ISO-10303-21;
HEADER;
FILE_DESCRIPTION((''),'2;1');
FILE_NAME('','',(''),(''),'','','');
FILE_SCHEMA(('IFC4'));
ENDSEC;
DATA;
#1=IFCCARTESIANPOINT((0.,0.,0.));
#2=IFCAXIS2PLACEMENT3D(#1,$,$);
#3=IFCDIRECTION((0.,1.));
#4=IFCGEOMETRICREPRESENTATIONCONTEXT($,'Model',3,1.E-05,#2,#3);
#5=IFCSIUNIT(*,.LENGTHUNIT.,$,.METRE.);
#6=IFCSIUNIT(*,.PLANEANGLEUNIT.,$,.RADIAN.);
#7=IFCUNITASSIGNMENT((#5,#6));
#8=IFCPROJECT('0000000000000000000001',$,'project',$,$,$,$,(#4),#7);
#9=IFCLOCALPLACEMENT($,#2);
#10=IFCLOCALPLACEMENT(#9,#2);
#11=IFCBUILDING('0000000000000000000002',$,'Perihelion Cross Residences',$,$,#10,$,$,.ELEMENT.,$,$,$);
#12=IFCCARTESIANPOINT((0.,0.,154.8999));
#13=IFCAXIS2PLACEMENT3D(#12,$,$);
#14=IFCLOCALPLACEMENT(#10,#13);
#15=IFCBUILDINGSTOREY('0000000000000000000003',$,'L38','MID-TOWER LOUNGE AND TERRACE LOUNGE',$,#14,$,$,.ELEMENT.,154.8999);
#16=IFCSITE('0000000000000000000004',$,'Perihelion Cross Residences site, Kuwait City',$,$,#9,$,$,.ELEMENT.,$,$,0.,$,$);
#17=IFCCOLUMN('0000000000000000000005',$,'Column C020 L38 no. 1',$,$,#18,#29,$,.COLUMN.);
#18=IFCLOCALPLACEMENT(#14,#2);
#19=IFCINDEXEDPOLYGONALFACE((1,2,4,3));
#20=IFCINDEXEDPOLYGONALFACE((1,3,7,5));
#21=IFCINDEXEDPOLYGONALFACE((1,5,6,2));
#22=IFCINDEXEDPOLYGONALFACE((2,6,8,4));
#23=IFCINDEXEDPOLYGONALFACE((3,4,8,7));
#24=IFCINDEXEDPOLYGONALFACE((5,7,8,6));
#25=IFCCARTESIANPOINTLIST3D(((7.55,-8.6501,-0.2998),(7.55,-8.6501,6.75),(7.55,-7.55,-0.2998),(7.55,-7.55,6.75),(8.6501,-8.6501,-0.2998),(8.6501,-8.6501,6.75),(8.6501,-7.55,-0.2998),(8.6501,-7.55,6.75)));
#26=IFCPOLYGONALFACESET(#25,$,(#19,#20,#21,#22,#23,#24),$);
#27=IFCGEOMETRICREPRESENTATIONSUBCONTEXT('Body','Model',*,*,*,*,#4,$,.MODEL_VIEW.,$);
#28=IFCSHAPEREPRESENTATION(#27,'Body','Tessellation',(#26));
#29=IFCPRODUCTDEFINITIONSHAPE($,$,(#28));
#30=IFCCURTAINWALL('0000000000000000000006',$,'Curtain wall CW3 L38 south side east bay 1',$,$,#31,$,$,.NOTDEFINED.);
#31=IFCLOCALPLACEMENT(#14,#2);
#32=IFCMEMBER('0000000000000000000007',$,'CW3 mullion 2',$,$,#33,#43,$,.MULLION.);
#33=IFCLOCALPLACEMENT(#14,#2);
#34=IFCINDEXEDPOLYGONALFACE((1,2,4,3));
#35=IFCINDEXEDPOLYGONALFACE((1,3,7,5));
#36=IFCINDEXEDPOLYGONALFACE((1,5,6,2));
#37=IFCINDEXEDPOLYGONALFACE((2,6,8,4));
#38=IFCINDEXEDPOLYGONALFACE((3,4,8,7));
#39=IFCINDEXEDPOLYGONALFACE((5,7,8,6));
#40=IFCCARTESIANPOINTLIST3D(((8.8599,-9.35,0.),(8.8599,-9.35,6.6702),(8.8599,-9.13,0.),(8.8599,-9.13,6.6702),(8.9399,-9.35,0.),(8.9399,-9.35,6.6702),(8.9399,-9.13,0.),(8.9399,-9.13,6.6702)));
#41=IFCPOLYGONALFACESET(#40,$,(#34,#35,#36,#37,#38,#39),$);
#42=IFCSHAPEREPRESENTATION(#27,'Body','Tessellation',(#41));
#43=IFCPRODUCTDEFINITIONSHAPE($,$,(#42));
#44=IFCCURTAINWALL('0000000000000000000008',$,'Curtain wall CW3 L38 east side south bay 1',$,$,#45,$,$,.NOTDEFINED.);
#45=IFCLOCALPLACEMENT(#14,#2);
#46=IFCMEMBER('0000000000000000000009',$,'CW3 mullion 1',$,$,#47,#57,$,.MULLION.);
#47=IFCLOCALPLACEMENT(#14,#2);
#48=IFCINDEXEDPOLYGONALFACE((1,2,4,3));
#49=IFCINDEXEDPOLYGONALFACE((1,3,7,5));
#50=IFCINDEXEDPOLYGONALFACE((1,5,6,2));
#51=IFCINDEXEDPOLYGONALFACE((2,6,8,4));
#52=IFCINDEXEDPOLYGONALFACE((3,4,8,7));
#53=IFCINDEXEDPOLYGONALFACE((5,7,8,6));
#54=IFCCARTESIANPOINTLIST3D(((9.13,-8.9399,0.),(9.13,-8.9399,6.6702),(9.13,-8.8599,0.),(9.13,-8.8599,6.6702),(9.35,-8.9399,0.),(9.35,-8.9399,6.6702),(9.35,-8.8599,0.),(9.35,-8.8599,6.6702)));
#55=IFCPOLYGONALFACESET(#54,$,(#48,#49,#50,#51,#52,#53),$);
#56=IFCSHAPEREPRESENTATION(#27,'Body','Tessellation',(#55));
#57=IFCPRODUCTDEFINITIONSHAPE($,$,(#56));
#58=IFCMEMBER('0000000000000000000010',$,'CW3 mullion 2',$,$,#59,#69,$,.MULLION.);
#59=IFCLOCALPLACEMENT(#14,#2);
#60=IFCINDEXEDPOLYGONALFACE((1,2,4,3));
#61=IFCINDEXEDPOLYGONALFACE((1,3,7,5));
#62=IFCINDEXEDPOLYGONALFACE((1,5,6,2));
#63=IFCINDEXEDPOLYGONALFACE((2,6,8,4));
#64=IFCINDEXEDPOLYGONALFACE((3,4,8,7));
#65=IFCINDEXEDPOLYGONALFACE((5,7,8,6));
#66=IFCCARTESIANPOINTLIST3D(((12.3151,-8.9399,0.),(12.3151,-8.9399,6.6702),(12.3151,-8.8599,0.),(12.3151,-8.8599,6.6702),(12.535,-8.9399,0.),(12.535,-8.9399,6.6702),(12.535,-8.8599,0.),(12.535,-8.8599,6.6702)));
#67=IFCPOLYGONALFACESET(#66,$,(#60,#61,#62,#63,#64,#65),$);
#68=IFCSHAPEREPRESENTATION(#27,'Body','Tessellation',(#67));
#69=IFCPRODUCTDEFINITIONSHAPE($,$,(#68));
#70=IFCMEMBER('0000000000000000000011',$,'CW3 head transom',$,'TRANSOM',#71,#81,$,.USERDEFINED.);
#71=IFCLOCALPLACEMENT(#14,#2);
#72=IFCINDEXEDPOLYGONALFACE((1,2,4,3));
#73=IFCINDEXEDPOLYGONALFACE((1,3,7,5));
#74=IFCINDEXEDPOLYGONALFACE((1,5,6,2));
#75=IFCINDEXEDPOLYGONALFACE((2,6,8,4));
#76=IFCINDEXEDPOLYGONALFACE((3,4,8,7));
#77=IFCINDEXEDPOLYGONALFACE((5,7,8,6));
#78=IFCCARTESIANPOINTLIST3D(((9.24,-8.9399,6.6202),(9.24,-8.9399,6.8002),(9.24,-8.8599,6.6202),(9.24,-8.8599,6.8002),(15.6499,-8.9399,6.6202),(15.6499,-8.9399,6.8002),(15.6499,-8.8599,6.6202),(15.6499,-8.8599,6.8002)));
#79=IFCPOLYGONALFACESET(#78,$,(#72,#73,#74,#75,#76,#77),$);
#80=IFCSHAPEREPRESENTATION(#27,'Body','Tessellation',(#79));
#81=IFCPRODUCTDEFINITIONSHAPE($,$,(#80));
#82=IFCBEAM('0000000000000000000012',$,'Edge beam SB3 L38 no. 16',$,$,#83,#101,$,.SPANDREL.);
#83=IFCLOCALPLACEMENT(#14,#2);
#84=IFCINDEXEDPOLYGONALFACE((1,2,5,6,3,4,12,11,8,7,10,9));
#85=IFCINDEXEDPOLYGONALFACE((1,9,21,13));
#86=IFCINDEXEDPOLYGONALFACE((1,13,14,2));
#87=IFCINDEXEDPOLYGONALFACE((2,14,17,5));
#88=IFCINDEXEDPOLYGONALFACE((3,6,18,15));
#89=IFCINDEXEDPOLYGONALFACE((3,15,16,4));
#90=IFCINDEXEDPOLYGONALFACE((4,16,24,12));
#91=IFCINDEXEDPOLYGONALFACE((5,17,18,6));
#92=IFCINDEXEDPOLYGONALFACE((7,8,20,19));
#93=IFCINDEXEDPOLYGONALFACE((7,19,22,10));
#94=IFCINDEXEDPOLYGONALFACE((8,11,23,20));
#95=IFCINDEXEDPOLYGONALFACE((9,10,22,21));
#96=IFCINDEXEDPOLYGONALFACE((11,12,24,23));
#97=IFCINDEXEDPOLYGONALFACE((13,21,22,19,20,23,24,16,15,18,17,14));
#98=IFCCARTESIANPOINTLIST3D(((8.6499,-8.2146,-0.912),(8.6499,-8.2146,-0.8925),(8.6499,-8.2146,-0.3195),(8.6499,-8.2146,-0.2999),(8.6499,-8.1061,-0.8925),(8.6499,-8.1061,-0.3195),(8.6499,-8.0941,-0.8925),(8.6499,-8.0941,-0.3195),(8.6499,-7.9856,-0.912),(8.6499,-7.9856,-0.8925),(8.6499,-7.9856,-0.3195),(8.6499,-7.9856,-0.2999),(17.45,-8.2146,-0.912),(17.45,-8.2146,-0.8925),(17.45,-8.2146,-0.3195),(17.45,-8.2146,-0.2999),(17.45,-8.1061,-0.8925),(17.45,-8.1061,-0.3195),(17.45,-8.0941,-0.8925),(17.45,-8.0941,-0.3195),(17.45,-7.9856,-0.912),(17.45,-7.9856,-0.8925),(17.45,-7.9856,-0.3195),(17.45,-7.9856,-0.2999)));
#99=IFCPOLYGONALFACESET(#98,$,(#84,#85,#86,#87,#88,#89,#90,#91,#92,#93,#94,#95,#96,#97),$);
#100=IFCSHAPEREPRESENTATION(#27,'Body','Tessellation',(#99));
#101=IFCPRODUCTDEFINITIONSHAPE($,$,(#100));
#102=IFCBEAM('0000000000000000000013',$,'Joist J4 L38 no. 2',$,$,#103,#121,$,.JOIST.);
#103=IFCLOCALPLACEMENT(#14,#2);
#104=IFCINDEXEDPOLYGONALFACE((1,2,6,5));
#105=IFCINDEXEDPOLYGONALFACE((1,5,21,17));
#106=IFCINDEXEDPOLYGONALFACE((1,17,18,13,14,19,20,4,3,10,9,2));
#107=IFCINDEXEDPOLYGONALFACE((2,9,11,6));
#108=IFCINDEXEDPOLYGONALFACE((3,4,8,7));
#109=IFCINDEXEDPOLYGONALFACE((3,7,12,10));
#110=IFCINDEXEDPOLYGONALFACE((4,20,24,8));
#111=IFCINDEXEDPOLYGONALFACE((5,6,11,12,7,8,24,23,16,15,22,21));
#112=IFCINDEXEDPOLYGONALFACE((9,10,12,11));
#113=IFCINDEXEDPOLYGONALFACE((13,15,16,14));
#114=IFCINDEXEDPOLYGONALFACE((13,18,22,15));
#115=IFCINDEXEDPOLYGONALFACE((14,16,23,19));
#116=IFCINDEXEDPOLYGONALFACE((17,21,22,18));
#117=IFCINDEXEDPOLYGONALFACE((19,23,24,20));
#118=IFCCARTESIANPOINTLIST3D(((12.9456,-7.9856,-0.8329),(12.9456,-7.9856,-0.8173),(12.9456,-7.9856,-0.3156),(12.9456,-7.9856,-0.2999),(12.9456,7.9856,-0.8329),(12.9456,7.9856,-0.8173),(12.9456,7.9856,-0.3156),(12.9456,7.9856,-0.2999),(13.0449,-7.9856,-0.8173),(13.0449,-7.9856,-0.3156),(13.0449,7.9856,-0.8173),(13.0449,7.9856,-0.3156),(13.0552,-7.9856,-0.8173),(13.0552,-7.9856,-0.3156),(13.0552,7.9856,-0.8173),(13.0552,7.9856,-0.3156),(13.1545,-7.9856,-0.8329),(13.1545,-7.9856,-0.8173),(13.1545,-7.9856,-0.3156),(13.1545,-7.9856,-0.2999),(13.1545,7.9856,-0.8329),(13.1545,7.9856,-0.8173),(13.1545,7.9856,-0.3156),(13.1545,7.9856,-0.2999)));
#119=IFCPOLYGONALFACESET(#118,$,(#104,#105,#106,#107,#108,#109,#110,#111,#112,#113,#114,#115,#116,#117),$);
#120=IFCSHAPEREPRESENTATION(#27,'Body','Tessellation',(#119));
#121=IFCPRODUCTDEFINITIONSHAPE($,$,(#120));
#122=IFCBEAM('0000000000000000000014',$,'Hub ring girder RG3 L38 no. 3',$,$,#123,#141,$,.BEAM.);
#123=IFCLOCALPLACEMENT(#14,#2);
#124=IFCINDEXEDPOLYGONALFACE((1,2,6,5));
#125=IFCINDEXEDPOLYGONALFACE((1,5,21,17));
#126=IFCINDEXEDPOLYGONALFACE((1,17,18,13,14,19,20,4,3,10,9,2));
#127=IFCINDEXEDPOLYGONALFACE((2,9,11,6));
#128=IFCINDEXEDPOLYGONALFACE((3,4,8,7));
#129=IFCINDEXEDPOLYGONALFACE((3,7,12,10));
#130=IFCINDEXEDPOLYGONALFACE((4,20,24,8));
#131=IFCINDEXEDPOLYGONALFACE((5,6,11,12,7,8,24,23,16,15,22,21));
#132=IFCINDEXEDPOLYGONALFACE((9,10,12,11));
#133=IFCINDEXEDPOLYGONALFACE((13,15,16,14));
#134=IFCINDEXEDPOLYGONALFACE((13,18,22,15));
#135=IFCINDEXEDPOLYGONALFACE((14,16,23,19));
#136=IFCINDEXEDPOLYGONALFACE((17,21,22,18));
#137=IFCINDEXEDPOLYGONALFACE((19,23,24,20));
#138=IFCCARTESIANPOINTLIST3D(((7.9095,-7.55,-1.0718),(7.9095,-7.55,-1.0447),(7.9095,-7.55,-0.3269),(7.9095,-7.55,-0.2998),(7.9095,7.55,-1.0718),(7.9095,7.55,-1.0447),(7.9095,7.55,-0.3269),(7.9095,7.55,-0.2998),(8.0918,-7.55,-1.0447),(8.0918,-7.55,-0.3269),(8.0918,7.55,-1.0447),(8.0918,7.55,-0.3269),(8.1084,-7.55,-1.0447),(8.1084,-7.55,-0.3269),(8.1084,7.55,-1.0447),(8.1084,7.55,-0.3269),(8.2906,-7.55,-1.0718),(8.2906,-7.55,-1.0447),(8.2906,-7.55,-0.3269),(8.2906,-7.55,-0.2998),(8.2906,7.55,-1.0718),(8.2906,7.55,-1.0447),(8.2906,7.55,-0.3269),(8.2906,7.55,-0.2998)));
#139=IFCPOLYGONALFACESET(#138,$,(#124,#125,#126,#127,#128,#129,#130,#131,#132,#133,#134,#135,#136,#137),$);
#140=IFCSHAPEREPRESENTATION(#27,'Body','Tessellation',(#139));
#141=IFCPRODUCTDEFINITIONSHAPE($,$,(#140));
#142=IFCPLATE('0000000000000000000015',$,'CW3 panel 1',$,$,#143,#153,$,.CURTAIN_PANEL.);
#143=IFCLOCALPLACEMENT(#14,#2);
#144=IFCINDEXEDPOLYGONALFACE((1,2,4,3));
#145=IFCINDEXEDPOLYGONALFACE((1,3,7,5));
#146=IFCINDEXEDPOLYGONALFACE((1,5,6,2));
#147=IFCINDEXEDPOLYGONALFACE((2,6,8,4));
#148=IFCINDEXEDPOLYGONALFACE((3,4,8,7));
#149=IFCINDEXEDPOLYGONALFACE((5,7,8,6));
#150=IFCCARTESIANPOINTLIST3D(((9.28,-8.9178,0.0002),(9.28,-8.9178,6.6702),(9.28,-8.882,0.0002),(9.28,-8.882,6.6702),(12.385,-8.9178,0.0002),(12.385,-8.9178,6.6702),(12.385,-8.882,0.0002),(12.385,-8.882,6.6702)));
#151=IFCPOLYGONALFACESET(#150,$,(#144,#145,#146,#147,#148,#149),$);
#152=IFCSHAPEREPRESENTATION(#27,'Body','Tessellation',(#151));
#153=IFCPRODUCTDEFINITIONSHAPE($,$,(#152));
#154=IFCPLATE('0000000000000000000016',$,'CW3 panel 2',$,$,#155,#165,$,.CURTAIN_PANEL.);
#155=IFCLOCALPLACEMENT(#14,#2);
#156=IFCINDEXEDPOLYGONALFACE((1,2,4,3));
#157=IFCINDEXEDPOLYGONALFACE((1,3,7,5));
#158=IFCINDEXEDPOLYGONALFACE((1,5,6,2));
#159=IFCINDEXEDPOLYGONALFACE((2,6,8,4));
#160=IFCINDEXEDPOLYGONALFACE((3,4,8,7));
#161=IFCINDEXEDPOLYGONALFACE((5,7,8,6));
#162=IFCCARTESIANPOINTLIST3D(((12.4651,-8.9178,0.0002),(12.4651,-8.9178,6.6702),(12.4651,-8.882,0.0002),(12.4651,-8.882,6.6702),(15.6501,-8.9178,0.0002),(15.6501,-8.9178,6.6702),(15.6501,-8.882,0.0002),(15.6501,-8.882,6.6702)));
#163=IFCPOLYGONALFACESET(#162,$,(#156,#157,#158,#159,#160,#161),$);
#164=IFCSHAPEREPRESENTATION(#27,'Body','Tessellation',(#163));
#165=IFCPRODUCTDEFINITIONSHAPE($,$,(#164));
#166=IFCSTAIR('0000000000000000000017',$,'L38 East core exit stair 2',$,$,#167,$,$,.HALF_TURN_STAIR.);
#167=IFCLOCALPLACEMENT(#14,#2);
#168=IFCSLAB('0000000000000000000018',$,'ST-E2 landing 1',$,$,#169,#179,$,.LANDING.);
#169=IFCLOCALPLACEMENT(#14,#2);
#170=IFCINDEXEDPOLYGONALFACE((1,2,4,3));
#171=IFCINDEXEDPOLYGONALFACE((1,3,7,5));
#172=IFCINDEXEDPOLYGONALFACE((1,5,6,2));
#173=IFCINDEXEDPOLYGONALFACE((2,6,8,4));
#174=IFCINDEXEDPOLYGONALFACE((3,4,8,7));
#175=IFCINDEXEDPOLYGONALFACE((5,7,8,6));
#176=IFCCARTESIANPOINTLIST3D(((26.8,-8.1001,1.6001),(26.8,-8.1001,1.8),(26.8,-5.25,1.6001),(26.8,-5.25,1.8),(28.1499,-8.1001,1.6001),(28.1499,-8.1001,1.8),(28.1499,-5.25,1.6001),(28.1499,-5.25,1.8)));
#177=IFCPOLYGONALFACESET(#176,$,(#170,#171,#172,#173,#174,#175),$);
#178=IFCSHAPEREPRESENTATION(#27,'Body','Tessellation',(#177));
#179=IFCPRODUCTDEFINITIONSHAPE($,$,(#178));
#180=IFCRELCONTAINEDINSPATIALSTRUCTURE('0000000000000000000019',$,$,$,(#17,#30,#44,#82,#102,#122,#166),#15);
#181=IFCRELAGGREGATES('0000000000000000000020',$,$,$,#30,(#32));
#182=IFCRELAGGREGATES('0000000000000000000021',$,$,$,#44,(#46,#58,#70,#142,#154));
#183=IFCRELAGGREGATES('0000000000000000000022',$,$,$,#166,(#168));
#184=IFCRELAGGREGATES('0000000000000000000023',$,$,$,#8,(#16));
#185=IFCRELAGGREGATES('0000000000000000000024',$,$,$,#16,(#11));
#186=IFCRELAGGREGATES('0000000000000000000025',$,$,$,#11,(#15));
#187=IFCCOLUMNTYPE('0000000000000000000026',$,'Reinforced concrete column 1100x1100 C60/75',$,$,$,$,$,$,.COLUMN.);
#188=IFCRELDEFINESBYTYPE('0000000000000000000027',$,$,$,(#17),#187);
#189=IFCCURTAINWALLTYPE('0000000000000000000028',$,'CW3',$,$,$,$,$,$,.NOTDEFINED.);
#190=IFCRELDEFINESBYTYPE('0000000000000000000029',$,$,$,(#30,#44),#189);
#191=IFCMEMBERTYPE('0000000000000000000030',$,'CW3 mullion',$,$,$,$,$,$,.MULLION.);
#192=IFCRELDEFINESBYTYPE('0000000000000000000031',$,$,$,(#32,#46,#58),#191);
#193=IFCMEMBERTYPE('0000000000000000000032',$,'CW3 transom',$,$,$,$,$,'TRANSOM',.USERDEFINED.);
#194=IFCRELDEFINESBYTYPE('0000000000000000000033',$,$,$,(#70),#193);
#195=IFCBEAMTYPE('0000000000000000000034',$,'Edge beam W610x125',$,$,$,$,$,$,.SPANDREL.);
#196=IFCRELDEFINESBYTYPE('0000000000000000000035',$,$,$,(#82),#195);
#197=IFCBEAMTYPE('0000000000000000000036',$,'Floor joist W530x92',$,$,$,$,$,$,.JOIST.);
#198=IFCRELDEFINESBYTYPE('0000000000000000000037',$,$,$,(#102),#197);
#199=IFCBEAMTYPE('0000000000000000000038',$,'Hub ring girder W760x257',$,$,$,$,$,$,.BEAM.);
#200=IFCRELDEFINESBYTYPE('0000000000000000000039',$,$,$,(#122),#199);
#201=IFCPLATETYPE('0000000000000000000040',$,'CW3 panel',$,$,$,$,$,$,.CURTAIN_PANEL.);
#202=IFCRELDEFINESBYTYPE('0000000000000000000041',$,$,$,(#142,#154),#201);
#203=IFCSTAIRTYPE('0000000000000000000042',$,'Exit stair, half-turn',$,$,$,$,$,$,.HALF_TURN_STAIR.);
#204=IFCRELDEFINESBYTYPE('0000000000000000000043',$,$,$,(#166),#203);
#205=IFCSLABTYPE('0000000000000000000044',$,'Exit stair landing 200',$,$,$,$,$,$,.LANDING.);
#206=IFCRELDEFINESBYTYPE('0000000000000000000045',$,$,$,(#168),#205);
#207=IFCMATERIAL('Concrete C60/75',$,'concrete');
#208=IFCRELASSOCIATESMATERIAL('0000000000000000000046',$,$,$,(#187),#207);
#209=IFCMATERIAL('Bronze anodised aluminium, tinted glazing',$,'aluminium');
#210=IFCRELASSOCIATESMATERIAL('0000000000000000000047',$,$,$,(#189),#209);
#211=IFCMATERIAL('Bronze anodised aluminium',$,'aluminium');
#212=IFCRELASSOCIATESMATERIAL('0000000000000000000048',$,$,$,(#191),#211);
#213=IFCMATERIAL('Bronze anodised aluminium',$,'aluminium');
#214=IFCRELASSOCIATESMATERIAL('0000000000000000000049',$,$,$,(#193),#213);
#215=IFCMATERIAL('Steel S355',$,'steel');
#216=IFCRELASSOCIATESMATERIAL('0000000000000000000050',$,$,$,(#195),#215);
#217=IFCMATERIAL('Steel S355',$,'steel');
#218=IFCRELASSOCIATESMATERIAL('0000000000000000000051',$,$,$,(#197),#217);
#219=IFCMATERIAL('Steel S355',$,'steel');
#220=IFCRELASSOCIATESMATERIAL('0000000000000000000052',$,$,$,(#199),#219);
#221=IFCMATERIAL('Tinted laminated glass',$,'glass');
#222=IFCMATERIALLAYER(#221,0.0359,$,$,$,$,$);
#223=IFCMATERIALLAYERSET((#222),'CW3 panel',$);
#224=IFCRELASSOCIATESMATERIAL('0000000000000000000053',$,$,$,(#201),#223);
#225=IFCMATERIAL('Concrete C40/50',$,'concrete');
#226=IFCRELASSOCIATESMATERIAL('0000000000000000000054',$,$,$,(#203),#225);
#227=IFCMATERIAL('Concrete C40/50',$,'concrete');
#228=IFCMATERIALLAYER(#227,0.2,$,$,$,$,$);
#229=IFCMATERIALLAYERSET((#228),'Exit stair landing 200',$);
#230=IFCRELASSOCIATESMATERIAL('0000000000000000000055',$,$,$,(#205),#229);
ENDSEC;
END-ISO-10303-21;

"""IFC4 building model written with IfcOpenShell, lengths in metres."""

from ifc_helpers import new_model, si_unit, direction, frame, origin, origin_2d, place, context, subcontext, project, spatial, polyline, rectangle, i_section, outline, extrude, material, layer, layer_set, material_profile, profile_set, type_object, element, aggregate, save


model = new_model("IFC4")

# Units and contexts
model_context = context("Model", 3, precision=1e-05, world=origin(), true_north=direction((0.0, 1.0)))
body_context = subcontext(model_context, "Body", "Model", "MODEL_VIEW")
ifc_project = project(units=[si_unit("LENGTHUNIT", "METRE"), si_unit("PLANEANGLEUNIT", "RADIAN")], contexts=[model_context])

# Site, building, storey
site_placement = place(None, origin())
site = spatial("IfcSite", under=ifc_project, at=site_placement, Name="Perihelion Cross Residences site, Kuwait City", CompositionType="ELEMENT", RefElevation=0.0)
building_placement = place(site_placement, origin())
building = spatial("IfcBuilding", under=site, at=building_placement, Name="Perihelion Cross Residences", CompositionType="ELEMENT")
storey_placement = place(building_placement, frame((0.0, 0.0, 154.8999)))
storey = spatial("IfcBuildingStorey", under=building, at=storey_placement, Name="L38", Description="MID-TOWER LOUNGE AND TERRACE LOUNGE", CompositionType="ELEMENT", Elevation=154.8999)

# Column
ifc_material_1 = material(Name="Concrete C60/75", Category="concrete")
ifc_material_profile_1 = material_profile(ifc_material_1, rectangle(XDim=1.1001, YDim=1.1001, at=origin_2d()), Name="RC 1100x1100")
ifc_profile_set_1 = profile_set([ifc_material_profile_1], Name="Concrete C60/75")
column_type = type_object("IfcColumnType", Name="Reinforced concrete column 1100x1100 C60/75", PredefinedType="COLUMN", material=ifc_profile_set_1)
column_placement = place(storey_placement, frame((8.1001, -8.1001, -0.2998), z_axis=(0.0, 0.0, 1.0), x_axis=(1.0, 0.0, 0.0)))
element("IfcColumn", 1, at=column_placement, inside=storey, type_object=column_type, Name="Column C020 L38 no. 1", PredefinedType="COLUMN", context=body_context, shape_type="SweptSolid", body=[
    extrude(rectangle(XDim=1.1001, YDim=1.1001, at=origin_2d()), origin(), (0.0, 0.0, 1.0), 7.0498),
])

# Curtain wall, member
ifc_material_2 = material(Name="Bronze anodised aluminium, tinted glazing", Category="aluminium")
curtain_wall_type = type_object("IfcCurtainWallType", Name="CW3", PredefinedType="NOTDEFINED", material=ifc_material_2)
curtain_wall_1_placement = place(storey_placement, origin())
curtain_wall_1 = element("IfcCurtainWall", 2, at=curtain_wall_1_placement, inside=storey, type_object=curtain_wall_type, Name="Curtain wall CW3 L38 south side east bay 1", PredefinedType="NOTDEFINED")
ifc_material_3 = material(Name="Bronze anodised aluminium", Category="aluminium")
ifc_material_profile_2 = material_profile(ifc_material_3, rectangle(XDim=0.0801, YDim=0.22, at=origin_2d()), Name="CW3 mullion")
ifc_profile_set_2 = profile_set([ifc_material_profile_2], Name="Bronze anodised aluminium")
member_type_1 = type_object("IfcMemberType", Name="CW3 mullion", PredefinedType="MULLION", material=ifc_profile_set_2)
member_1_placement = place(storey_placement, frame((8.8999, -9.24, 0.0), z_axis=(0.0, 0.0, 1.0), x_axis=(-1.0, 0.0, 0.0)))
member_1 = element("IfcMember", 3, at=member_1_placement, type_object=member_type_1, Name="CW3 mullion 2", PredefinedType="MULLION", context=body_context, shape_type="SweptSolid", body=[
    extrude(rectangle(XDim=0.0801, YDim=0.22, at=origin_2d()), origin(), (0.0, 0.0, 1.0), 6.6702),
])
aggregate(curtain_wall_1, [member_1])

# Curtain wall, members
curtain_wall_2_placement = place(storey_placement, origin())
curtain_wall_2 = element("IfcCurtainWall", 4, at=curtain_wall_2_placement, inside=storey, type_object=curtain_wall_type, Name="Curtain wall CW3 L38 east side south bay 1", PredefinedType="NOTDEFINED")
member_2_placement = place(storey_placement, frame((9.24, -8.8999, 0.0), z_axis=(0.0, 0.0, 1.0), x_axis=(0.0, 1.0, 0.0)))
member_2 = element("IfcMember", 5, at=member_2_placement, type_object=member_type_1, Name="CW3 mullion 1", PredefinedType="MULLION", context=body_context, shape_type="SweptSolid", body=[
    extrude(rectangle(XDim=0.0801, YDim=0.22, at=origin_2d()), origin(), (0.0, 0.0, 1.0), 6.6702),
])
member_3_placement = place(storey_placement, frame((12.425, -8.8999, 0.0), z_axis=(0.0, 0.0, 1.0), x_axis=(0.0, 1.0, 0.0)))
member_3 = element("IfcMember", 6, at=member_3_placement, type_object=member_type_1, Name="CW3 mullion 2", PredefinedType="MULLION", context=body_context, shape_type="SweptSolid", body=[
    extrude(rectangle(XDim=0.0801, YDim=0.22, at=origin_2d()), origin(), (0.0, 0.0, 1.0), 6.6702),
])
ifc_material_4 = material(Name="Bronze anodised aluminium", Category="aluminium")
ifc_material_profile_3 = material_profile(ifc_material_4, rectangle(XDim=0.0801, YDim=0.1799, at=origin_2d()), Name="CW3 transom")
ifc_profile_set_3 = profile_set([ifc_material_profile_3], Name="Bronze anodised aluminium")
member_type_2 = type_object("IfcMemberType", Name="CW3 transom", ElementType="TRANSOM", PredefinedType="USERDEFINED", material=ifc_profile_set_3)
member_4_placement = place(storey_placement, frame((9.24, -8.8999, 6.7102), z_axis=(1.0, 0.0, 0.0), x_axis=(0.0, 1.0, 0.0)))
member_4 = element("IfcMember", 7, at=member_4_placement, type_object=member_type_2, Name="CW3 head transom", ObjectType="TRANSOM", PredefinedType="USERDEFINED", context=body_context, shape_type="SweptSolid", body=[
    extrude(rectangle(XDim=0.0801, YDim=0.1799, at=origin_2d()), origin(), (0.0, 0.0, 1.0), 6.4099),
])

# Beams
ifc_material_5 = material(Name="Steel S355", Category="steel")
ifc_material_profile_4 = material_profile(ifc_material_5, i_section(OverallWidth=0.229, OverallDepth=0.6121, WebThickness=0.012, FlangeThickness=0.0195, at=origin_2d()), Name="W610x125")
ifc_profile_set_4 = profile_set([ifc_material_profile_4], Name="Steel S355")
beam_type_1 = type_object("IfcBeamType", Name="Edge beam W610x125", PredefinedType="SPANDREL", material=ifc_profile_set_4)
beam_1_placement = place(storey_placement, frame((8.6499, -8.1001, -0.606), z_axis=(1.0, 0.0, 0.0), x_axis=(0.0, 1.0, 0.0)))
element("IfcBeam", 8, at=beam_1_placement, inside=storey, type_object=beam_type_1, Name="Edge beam SB3 L38 no. 16", PredefinedType="SPANDREL", context=body_context, shape_type="SweptSolid", body=[
    extrude(i_section(OverallWidth=0.229, OverallDepth=0.6121, WebThickness=0.012, FlangeThickness=0.0195, at=origin_2d()), origin(), (0.0, 0.0, 1.0), 8.8),
])
ifc_material_6 = material(Name="Steel S355", Category="steel")
ifc_material_profile_5 = material_profile(ifc_material_6, i_section(OverallWidth=0.209, OverallDepth=0.533, WebThickness=0.0103, FlangeThickness=0.0156, at=origin_2d()), Name="W530x92")
ifc_profile_set_5 = profile_set([ifc_material_profile_5], Name="Steel S355")
beam_type_2 = type_object("IfcBeamType", Name="Floor joist W530x92", PredefinedType="JOIST", material=ifc_profile_set_5)
beam_2_placement = place(storey_placement, frame((13.05, -7.9856, -0.5664), z_axis=(0.0, 1.0, 0.0), x_axis=(-1.0, 0.0, 0.0)))
element("IfcBeam", 9, at=beam_2_placement, inside=storey, type_object=beam_type_2, Name="Joist J4 L38 no. 2", PredefinedType="JOIST", context=body_context, shape_type="SweptSolid", body=[
    extrude(i_section(OverallWidth=0.209, OverallDepth=0.533, WebThickness=0.0103, FlangeThickness=0.0156, at=origin_2d()), origin(), (0.0, 0.0, 1.0), 15.9712),
])
ifc_material_7 = material(Name="Steel S355", Category="steel")
ifc_material_profile_6 = material_profile(ifc_material_7, i_section(OverallWidth=0.3811, OverallDepth=0.772, WebThickness=0.0166, FlangeThickness=0.0271, at=origin_2d()), Name="W760x257")
ifc_profile_set_6 = profile_set([ifc_material_profile_6], Name="Steel S355")
beam_type_3 = type_object("IfcBeamType", Name="Hub ring girder W760x257", PredefinedType="BEAM", material=ifc_profile_set_6)
beam_3_placement = place(storey_placement, frame((8.1001, -7.55, -0.6858), z_axis=(0.0, 1.0, 0.0), x_axis=(-1.0, 0.0, 0.0)))
element("IfcBeam", 10, at=beam_3_placement, inside=storey, type_object=beam_type_3, Name="Hub ring girder RG3 L38 no. 3", PredefinedType="BEAM", context=body_context, shape_type="SweptSolid", body=[
    extrude(i_section(OverallWidth=0.3811, OverallDepth=0.772, WebThickness=0.0166, FlangeThickness=0.0271, at=origin_2d()), origin(), (0.0, 0.0, 1.0), 15.1001),
])

# Plates
ifc_material_8 = material(Name="Tinted laminated glass", Category="glass")
ifc_layer_1 = layer(ifc_material_8, 0.0359)
ifc_layer_set_1 = layer_set([ifc_layer_1], Name="CW3 panel")
plate_type = type_object("IfcPlateType", Name="CW3 panel", PredefinedType="CURTAIN_PANEL", material=ifc_layer_set_1)
plate_1_placement = place(storey_placement, frame((10.8325, -8.8999, 0.0002), z_axis=(0.0, 0.0, 1.0), x_axis=(1.0, 0.0, 0.0)))
plate_1 = element("IfcPlate", 11, at=plate_1_placement, type_object=plate_type, Name="CW3 panel 1", PredefinedType="CURTAIN_PANEL", context=body_context, shape_type="SweptSolid", body=[
    extrude(rectangle(XDim=3.105, YDim=0.0359, at=origin_2d()), origin(), (0.0, 0.0, 1.0), 6.6699),
])
plate_2_placement = place(storey_placement, frame((14.0576, -8.8999, 0.0002), z_axis=(0.0, 0.0, 1.0), x_axis=(1.0, 0.0, 0.0)))
plate_2 = element("IfcPlate", 12, at=plate_2_placement, type_object=plate_type, Name="CW3 panel 2", PredefinedType="CURTAIN_PANEL", context=body_context, shape_type="SweptSolid", body=[
    extrude(rectangle(XDim=3.1851, YDim=0.0359, at=origin_2d()), origin(), (0.0, 0.0, 1.0), 6.6699),
])
aggregate(curtain_wall_2, [member_2, member_3, member_4, plate_1, plate_2])

# Stair, slab
ifc_material_9 = material(Name="Concrete C40/50", Category="concrete")
stair_type = type_object("IfcStairType", Name="Exit stair, half-turn", PredefinedType="HALF_TURN_STAIR", material=ifc_material_9)
stair_1_placement = place(storey_placement, origin())
stair_1 = element("IfcStair", 13, at=stair_1_placement, inside=storey, type_object=stair_type, Name="L38 East core exit stair 2", PredefinedType="HALF_TURN_STAIR")
ifc_material_10 = material(Name="Concrete C40/50", Category="concrete")
ifc_layer_2 = layer(ifc_material_10, 0.2)
ifc_layer_set_2 = layer_set([ifc_layer_2], Name="Exit stair landing 200")
slab_type = type_object("IfcSlabType", Name="Exit stair landing 200", PredefinedType="LANDING", material=ifc_layer_set_2)
slab_1_placement = place(storey_placement, frame((0.0, 0.0, 1.6001)))
slab_1 = element("IfcSlab", 14, at=slab_1_placement, type_object=slab_type, Name="ST-E2 landing 1", PredefinedType="LANDING", context=body_context, shape_type="SweptSolid", body=[
    extrude(outline(polyline([(26.8, -8.1001), (28.1499, -8.1001), (28.1499, -5.25), (26.8, -5.25), (26.8, -8.1001)])), origin(), (0.0, 0.0, 1.0), 0.2),
])
aggregate(stair_1, [slab_1])

save(model, "model.ifc")
